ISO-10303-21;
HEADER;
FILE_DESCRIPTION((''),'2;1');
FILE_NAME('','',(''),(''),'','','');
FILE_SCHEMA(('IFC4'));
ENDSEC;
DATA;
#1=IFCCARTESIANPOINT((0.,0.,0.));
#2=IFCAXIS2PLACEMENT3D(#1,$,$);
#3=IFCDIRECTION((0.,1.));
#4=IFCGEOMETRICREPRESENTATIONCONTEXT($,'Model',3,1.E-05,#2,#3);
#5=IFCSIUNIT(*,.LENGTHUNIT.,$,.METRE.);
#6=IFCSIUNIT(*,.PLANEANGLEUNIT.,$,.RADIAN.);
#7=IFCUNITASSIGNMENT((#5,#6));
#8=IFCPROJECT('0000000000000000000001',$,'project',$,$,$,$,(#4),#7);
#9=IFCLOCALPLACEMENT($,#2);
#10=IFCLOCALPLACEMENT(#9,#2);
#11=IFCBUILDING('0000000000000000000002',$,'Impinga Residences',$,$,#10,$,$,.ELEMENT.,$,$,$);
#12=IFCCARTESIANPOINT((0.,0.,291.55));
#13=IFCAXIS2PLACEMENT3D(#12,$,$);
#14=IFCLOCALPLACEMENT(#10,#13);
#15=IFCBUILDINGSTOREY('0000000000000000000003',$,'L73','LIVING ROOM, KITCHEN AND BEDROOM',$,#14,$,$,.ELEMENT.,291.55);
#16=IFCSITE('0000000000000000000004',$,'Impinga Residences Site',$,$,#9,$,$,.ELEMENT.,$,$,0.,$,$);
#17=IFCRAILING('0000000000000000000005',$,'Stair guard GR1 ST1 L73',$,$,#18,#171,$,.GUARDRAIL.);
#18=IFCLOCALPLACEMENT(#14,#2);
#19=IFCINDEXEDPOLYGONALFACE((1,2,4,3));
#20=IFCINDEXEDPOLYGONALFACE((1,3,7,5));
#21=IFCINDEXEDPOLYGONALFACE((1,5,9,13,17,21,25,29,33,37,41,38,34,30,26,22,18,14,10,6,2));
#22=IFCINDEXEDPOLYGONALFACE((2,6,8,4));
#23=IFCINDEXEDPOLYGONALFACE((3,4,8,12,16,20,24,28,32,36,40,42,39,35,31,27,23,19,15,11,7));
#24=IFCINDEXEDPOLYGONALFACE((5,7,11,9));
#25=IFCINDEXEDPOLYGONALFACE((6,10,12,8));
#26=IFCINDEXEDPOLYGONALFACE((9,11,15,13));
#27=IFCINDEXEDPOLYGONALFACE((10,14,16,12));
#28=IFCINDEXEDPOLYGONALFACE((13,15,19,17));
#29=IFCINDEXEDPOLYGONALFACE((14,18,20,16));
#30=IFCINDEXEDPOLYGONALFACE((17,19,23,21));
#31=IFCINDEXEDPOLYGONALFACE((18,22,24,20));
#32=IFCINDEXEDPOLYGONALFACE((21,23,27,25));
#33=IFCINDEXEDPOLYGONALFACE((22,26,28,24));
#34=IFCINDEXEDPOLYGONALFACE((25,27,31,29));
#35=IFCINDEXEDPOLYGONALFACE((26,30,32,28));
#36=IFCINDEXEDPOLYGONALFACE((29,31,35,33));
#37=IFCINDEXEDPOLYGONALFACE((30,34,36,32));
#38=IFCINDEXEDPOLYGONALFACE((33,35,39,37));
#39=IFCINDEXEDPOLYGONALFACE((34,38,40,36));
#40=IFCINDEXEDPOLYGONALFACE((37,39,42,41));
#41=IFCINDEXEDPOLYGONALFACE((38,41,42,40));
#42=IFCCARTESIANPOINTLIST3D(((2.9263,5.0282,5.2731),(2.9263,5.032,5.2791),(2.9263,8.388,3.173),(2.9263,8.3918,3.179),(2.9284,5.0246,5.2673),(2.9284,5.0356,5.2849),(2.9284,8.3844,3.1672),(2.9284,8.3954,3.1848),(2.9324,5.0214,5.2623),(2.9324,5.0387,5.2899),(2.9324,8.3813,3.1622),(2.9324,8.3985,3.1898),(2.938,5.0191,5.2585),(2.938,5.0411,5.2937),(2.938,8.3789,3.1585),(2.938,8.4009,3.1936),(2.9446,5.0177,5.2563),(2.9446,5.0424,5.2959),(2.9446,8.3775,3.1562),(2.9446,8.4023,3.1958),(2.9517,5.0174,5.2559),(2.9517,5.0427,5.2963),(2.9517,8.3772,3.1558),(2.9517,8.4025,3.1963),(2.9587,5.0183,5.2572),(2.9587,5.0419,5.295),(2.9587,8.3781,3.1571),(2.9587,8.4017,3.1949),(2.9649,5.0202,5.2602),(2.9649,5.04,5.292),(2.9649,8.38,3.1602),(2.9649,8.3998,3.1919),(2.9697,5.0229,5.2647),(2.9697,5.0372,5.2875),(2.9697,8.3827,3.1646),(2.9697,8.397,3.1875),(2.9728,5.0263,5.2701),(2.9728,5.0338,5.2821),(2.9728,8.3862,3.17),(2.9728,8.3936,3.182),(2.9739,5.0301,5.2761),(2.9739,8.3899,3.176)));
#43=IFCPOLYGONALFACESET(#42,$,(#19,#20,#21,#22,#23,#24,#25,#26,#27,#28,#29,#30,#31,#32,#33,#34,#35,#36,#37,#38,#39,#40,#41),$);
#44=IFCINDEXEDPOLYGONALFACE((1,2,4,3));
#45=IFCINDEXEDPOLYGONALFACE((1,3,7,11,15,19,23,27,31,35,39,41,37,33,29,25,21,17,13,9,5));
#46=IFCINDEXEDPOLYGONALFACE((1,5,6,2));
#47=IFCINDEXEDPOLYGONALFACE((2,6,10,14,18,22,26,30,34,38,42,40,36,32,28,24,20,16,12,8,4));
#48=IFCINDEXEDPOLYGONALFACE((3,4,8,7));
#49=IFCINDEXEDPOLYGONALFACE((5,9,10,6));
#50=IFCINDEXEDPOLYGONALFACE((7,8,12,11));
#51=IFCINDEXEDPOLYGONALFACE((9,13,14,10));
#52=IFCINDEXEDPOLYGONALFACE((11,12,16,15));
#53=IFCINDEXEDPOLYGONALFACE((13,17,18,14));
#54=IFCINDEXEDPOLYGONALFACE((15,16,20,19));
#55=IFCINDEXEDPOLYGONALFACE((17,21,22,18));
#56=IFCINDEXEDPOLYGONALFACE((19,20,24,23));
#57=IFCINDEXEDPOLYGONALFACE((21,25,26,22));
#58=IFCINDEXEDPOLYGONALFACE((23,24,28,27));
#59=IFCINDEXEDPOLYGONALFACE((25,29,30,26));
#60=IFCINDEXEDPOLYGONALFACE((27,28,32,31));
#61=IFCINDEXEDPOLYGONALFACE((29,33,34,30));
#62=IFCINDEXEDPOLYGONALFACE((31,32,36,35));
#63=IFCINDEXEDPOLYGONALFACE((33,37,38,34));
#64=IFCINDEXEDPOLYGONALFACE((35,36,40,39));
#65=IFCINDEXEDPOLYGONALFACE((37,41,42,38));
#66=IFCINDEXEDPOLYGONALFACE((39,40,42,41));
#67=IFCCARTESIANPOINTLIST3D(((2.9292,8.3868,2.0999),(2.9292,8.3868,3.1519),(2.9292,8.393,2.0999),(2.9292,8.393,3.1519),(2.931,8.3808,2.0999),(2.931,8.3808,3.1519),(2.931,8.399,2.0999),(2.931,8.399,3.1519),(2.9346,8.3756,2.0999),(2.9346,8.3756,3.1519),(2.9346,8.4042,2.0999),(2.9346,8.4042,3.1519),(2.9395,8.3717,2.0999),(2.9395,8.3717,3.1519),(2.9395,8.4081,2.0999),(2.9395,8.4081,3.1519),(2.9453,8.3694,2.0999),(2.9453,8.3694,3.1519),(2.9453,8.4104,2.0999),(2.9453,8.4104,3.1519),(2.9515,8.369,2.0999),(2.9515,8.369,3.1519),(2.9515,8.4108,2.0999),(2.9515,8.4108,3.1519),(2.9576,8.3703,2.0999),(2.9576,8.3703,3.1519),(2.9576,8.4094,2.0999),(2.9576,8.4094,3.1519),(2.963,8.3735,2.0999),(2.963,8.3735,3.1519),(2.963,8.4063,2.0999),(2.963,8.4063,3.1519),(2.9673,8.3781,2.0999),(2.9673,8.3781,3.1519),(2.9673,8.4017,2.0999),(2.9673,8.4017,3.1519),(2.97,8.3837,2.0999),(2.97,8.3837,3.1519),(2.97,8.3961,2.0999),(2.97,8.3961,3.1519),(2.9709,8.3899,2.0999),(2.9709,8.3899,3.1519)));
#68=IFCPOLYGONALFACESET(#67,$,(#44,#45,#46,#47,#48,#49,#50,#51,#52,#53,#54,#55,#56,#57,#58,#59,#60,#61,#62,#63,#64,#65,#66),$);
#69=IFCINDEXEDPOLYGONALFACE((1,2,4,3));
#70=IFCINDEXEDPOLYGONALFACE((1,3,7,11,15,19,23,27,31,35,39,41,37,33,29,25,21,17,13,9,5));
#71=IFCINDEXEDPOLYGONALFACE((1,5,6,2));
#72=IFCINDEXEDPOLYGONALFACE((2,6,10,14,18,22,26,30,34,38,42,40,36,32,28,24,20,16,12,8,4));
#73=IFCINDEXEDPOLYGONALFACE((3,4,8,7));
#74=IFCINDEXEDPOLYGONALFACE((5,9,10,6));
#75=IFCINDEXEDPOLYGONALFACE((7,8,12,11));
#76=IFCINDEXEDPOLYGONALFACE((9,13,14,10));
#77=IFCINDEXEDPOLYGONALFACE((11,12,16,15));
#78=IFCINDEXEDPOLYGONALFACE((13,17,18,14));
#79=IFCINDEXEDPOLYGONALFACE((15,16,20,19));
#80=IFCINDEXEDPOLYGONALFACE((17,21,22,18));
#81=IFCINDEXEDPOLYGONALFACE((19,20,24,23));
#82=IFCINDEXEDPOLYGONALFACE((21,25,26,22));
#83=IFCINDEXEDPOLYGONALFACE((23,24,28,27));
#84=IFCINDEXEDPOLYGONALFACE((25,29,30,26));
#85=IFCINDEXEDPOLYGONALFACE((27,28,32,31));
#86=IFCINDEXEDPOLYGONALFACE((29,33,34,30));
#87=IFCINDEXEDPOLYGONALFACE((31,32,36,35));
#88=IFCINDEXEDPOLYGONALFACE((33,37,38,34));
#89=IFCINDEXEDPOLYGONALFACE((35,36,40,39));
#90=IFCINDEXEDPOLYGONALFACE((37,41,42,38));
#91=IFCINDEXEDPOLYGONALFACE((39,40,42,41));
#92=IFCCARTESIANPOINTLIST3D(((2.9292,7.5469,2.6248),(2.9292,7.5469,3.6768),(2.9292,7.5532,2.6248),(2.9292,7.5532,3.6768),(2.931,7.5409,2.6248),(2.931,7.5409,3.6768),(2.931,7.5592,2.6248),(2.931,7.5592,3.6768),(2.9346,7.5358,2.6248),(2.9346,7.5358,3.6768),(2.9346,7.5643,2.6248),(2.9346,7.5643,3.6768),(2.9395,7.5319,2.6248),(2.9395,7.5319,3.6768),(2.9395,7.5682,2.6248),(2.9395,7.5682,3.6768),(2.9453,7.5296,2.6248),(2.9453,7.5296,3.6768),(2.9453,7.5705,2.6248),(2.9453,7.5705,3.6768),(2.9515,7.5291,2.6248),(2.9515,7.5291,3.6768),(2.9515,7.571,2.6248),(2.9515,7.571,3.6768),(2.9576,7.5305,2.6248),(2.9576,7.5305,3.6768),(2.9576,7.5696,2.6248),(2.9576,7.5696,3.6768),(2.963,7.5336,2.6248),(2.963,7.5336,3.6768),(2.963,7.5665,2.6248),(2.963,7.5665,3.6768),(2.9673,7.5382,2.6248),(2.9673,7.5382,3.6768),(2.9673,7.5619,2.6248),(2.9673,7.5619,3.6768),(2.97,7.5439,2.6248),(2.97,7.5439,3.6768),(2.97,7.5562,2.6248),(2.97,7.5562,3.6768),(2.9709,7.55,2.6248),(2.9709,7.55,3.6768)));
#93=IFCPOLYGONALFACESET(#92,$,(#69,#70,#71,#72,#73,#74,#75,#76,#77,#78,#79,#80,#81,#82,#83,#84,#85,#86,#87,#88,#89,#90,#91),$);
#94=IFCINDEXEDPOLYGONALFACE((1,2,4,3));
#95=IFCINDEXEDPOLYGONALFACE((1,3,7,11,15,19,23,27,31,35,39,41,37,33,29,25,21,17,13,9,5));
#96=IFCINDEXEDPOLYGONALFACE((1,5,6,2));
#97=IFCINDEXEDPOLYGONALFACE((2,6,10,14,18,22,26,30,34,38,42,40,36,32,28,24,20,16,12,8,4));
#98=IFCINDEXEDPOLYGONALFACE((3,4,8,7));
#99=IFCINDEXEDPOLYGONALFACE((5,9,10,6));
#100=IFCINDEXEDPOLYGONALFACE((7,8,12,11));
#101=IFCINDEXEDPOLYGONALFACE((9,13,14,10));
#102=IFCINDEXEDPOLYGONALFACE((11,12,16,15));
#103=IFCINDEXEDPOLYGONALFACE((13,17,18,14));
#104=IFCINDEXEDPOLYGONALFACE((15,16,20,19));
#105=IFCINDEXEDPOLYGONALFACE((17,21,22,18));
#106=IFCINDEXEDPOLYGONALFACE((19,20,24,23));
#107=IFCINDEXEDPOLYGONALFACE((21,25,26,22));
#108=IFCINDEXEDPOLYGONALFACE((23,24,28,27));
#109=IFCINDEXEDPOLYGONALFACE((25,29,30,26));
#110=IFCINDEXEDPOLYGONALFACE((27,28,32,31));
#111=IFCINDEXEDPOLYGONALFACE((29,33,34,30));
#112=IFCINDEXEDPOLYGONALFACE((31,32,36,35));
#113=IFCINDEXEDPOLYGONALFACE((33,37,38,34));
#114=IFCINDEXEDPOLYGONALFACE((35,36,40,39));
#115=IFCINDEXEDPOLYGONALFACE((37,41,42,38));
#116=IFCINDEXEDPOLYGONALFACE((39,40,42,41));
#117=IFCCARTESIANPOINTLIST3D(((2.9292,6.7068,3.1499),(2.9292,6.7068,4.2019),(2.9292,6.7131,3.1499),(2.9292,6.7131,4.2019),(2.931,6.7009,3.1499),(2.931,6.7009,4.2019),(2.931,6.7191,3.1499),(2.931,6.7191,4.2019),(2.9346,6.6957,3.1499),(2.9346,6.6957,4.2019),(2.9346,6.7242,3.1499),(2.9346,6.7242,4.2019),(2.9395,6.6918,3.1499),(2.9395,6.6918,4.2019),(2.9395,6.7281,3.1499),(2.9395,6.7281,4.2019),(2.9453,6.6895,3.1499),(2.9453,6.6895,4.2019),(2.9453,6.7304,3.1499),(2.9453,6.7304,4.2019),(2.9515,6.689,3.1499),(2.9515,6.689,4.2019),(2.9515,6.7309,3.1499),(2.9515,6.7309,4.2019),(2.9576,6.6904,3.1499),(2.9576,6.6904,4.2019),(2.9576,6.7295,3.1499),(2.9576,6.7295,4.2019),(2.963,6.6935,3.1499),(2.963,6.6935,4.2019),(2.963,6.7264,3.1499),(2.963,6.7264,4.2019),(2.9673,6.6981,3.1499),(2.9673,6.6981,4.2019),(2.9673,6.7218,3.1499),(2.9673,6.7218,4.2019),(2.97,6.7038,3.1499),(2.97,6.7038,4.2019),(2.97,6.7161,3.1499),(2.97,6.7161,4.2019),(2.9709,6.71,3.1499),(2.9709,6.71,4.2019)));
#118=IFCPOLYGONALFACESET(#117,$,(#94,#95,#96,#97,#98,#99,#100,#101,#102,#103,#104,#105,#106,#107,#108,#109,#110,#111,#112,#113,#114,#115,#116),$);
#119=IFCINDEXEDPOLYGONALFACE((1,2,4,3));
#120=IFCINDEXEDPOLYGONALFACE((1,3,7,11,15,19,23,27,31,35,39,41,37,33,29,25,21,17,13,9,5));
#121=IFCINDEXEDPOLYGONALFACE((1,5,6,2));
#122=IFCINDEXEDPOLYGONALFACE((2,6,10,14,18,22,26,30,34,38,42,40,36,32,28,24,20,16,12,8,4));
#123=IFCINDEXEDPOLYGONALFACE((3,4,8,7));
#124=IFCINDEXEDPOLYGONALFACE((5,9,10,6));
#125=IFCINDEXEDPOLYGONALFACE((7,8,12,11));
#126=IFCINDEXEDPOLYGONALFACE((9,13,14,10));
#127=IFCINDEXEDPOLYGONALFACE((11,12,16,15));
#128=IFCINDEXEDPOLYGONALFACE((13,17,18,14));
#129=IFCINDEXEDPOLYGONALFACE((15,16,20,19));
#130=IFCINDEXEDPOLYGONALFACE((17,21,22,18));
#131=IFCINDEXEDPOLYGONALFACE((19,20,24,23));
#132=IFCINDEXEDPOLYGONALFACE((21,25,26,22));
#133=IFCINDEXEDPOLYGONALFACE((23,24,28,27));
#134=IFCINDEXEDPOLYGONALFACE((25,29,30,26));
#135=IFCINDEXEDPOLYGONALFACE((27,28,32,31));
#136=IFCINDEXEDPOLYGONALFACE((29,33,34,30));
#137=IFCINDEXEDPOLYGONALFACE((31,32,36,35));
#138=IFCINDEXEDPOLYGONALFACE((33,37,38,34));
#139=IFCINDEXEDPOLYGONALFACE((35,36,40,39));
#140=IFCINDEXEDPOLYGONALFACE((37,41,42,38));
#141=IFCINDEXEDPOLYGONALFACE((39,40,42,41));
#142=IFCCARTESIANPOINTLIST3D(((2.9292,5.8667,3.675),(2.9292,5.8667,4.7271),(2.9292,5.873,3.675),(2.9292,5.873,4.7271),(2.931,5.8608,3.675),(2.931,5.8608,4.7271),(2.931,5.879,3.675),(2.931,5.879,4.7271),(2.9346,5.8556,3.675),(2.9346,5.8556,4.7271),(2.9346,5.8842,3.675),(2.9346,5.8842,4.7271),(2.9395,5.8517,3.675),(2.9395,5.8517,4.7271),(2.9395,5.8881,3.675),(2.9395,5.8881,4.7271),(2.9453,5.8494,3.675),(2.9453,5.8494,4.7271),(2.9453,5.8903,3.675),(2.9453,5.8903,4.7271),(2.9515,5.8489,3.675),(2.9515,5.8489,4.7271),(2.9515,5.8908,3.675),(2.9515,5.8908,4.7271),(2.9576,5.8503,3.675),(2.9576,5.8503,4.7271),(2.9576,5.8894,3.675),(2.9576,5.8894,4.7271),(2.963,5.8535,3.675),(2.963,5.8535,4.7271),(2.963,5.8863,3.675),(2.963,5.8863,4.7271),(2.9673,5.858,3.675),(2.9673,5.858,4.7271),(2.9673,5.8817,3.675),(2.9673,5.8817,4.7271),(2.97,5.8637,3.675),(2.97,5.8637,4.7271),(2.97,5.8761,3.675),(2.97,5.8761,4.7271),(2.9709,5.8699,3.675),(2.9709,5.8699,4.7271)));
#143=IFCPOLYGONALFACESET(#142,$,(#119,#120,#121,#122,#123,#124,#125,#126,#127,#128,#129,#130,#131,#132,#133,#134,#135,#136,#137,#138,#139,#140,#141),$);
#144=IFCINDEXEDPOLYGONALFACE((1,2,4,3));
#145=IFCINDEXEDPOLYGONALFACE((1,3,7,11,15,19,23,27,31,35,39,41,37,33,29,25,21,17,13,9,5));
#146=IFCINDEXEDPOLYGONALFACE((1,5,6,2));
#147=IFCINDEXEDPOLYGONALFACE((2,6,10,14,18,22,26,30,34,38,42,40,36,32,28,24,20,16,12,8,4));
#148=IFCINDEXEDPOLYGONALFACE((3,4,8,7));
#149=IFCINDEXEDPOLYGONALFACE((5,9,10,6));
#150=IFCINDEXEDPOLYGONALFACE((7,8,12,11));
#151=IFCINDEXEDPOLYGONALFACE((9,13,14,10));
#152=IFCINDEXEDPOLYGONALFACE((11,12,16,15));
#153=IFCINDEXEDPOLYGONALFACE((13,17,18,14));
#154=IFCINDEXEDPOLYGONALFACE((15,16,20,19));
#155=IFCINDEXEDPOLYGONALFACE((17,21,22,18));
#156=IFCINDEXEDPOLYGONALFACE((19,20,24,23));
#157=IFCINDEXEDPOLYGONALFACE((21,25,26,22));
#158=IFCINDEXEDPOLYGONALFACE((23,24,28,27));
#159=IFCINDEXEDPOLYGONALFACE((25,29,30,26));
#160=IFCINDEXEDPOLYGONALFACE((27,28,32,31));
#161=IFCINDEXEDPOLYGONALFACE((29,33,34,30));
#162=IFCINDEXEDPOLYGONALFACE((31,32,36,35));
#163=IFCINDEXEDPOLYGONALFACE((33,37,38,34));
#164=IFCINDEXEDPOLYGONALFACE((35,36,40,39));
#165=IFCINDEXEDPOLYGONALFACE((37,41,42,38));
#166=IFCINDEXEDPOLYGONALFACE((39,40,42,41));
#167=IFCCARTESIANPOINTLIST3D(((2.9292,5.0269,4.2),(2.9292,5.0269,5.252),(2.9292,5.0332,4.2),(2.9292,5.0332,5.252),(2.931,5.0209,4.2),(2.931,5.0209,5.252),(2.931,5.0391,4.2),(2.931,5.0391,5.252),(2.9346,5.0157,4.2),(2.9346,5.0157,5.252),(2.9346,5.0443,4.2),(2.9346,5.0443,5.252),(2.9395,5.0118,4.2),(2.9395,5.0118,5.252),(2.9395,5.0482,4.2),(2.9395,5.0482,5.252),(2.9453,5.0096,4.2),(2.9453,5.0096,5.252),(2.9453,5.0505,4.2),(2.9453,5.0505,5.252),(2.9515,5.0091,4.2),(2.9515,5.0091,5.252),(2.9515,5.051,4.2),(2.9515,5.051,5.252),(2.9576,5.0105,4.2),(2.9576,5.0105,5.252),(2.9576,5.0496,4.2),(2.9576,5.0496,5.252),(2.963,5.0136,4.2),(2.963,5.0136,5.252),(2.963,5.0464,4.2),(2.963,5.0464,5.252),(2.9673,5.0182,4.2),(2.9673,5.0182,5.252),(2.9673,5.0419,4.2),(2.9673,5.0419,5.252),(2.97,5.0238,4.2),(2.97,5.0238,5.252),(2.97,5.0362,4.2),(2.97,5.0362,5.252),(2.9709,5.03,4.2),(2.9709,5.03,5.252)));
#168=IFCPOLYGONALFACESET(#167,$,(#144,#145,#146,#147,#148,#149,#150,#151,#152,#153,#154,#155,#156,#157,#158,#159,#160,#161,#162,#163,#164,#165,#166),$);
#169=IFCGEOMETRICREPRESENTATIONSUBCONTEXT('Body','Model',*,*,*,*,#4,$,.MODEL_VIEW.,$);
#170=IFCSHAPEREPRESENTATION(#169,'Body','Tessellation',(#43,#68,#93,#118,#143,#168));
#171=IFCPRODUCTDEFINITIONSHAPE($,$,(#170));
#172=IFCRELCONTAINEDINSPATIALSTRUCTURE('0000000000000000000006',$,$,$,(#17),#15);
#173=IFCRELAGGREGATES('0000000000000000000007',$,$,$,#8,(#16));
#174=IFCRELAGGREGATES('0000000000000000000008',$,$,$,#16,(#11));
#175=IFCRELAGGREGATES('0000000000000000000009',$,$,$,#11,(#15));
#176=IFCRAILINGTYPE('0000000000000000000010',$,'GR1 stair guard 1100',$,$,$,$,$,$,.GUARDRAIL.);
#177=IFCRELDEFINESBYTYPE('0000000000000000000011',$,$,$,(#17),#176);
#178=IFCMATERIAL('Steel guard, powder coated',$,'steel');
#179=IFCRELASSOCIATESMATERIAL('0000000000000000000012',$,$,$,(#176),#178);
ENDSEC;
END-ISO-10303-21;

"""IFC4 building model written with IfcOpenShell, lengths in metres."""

from ifc_helpers import new_model, si_unit, direction, frame, origin, origin_2d, place, context, subcontext, project, spatial, circle, extrude, material, type_object, element, save


model = new_model("IFC4")

# Units and contexts
model_context = context("Model", 3, precision=1e-05, world=origin(), true_north=direction((0.0, 1.0)))
body_context = subcontext(model_context, "Body", "Model", "MODEL_VIEW")
ifc_project = project(units=[si_unit("LENGTHUNIT", "METRE"), si_unit("PLANEANGLEUNIT", "RADIAN")], contexts=[model_context])

# Site, building, storey
site_placement = place(None, origin())
site = spatial("IfcSite", under=ifc_project, at=site_placement, Name="Impinga Residences Site", CompositionType="ELEMENT", RefElevation=0.0)
building_placement = place(site_placement, origin())
building = spatial("IfcBuilding", under=site, at=building_placement, Name="Impinga Residences", CompositionType="ELEMENT")
storey_placement = place(building_placement, frame((0.0, 0.0, 291.55)))
storey = spatial("IfcBuildingStorey", under=building, at=storey_placement, Name="L73", Description="LIVING ROOM, KITCHEN AND BEDROOM", CompositionType="ELEMENT", Elevation=291.55)

# Railing
ifc_material_1 = material(Name="Steel guard, powder coated", Category="steel")
railing_type_1 = type_object("IfcRailingType", Name="GR1 stair guard 1100", PredefinedType="GUARDRAIL", material=ifc_material_1)
railing_1_placement = place(storey_placement, frame((2.95, 8.3899, 2.0999)))
element("IfcRailing", 1, at=railing_1_placement, inside=storey, type_object=railing_type_1, Name="Stair guard GR1 ST1 L73", PredefinedType="GUARDRAIL", context=body_context, shape_type="SweptSolid", body=[
    extrude(circle(Radius=0.0239, at=origin_2d()), frame((0.0, 0.0, 1.0762), z_axis=(0.0, -0.847978, 0.530032), x_axis=(1.0, 0.0, 0.0)), (0.0, 0.0, 1.0), 3.9622),
    extrude(circle(Radius=0.021, at=origin_2d()), origin(), (0.0, 0.0, 1.0), 1.052),
    extrude(circle(Radius=0.021, at=origin_2d()), frame((0.0, -0.8398, 0.5249)), (0.0, 0.0, 1.0), 1.052),
    extrude(circle(Radius=0.021, at=origin_2d()), frame((0.0, -1.6799, 1.05)), (0.0, 0.0, 1.0), 1.052),
    extrude(circle(Radius=0.021, at=origin_2d()), frame((0.0, -2.52, 1.5752)), (0.0, 0.0, 1.0), 1.052),
    extrude(circle(Radius=0.021, at=origin_2d()), frame((0.0, -3.3599, 2.1001)), (0.0, 0.0, 1.0), 1.052),
])

save(model, "model.ifc")
